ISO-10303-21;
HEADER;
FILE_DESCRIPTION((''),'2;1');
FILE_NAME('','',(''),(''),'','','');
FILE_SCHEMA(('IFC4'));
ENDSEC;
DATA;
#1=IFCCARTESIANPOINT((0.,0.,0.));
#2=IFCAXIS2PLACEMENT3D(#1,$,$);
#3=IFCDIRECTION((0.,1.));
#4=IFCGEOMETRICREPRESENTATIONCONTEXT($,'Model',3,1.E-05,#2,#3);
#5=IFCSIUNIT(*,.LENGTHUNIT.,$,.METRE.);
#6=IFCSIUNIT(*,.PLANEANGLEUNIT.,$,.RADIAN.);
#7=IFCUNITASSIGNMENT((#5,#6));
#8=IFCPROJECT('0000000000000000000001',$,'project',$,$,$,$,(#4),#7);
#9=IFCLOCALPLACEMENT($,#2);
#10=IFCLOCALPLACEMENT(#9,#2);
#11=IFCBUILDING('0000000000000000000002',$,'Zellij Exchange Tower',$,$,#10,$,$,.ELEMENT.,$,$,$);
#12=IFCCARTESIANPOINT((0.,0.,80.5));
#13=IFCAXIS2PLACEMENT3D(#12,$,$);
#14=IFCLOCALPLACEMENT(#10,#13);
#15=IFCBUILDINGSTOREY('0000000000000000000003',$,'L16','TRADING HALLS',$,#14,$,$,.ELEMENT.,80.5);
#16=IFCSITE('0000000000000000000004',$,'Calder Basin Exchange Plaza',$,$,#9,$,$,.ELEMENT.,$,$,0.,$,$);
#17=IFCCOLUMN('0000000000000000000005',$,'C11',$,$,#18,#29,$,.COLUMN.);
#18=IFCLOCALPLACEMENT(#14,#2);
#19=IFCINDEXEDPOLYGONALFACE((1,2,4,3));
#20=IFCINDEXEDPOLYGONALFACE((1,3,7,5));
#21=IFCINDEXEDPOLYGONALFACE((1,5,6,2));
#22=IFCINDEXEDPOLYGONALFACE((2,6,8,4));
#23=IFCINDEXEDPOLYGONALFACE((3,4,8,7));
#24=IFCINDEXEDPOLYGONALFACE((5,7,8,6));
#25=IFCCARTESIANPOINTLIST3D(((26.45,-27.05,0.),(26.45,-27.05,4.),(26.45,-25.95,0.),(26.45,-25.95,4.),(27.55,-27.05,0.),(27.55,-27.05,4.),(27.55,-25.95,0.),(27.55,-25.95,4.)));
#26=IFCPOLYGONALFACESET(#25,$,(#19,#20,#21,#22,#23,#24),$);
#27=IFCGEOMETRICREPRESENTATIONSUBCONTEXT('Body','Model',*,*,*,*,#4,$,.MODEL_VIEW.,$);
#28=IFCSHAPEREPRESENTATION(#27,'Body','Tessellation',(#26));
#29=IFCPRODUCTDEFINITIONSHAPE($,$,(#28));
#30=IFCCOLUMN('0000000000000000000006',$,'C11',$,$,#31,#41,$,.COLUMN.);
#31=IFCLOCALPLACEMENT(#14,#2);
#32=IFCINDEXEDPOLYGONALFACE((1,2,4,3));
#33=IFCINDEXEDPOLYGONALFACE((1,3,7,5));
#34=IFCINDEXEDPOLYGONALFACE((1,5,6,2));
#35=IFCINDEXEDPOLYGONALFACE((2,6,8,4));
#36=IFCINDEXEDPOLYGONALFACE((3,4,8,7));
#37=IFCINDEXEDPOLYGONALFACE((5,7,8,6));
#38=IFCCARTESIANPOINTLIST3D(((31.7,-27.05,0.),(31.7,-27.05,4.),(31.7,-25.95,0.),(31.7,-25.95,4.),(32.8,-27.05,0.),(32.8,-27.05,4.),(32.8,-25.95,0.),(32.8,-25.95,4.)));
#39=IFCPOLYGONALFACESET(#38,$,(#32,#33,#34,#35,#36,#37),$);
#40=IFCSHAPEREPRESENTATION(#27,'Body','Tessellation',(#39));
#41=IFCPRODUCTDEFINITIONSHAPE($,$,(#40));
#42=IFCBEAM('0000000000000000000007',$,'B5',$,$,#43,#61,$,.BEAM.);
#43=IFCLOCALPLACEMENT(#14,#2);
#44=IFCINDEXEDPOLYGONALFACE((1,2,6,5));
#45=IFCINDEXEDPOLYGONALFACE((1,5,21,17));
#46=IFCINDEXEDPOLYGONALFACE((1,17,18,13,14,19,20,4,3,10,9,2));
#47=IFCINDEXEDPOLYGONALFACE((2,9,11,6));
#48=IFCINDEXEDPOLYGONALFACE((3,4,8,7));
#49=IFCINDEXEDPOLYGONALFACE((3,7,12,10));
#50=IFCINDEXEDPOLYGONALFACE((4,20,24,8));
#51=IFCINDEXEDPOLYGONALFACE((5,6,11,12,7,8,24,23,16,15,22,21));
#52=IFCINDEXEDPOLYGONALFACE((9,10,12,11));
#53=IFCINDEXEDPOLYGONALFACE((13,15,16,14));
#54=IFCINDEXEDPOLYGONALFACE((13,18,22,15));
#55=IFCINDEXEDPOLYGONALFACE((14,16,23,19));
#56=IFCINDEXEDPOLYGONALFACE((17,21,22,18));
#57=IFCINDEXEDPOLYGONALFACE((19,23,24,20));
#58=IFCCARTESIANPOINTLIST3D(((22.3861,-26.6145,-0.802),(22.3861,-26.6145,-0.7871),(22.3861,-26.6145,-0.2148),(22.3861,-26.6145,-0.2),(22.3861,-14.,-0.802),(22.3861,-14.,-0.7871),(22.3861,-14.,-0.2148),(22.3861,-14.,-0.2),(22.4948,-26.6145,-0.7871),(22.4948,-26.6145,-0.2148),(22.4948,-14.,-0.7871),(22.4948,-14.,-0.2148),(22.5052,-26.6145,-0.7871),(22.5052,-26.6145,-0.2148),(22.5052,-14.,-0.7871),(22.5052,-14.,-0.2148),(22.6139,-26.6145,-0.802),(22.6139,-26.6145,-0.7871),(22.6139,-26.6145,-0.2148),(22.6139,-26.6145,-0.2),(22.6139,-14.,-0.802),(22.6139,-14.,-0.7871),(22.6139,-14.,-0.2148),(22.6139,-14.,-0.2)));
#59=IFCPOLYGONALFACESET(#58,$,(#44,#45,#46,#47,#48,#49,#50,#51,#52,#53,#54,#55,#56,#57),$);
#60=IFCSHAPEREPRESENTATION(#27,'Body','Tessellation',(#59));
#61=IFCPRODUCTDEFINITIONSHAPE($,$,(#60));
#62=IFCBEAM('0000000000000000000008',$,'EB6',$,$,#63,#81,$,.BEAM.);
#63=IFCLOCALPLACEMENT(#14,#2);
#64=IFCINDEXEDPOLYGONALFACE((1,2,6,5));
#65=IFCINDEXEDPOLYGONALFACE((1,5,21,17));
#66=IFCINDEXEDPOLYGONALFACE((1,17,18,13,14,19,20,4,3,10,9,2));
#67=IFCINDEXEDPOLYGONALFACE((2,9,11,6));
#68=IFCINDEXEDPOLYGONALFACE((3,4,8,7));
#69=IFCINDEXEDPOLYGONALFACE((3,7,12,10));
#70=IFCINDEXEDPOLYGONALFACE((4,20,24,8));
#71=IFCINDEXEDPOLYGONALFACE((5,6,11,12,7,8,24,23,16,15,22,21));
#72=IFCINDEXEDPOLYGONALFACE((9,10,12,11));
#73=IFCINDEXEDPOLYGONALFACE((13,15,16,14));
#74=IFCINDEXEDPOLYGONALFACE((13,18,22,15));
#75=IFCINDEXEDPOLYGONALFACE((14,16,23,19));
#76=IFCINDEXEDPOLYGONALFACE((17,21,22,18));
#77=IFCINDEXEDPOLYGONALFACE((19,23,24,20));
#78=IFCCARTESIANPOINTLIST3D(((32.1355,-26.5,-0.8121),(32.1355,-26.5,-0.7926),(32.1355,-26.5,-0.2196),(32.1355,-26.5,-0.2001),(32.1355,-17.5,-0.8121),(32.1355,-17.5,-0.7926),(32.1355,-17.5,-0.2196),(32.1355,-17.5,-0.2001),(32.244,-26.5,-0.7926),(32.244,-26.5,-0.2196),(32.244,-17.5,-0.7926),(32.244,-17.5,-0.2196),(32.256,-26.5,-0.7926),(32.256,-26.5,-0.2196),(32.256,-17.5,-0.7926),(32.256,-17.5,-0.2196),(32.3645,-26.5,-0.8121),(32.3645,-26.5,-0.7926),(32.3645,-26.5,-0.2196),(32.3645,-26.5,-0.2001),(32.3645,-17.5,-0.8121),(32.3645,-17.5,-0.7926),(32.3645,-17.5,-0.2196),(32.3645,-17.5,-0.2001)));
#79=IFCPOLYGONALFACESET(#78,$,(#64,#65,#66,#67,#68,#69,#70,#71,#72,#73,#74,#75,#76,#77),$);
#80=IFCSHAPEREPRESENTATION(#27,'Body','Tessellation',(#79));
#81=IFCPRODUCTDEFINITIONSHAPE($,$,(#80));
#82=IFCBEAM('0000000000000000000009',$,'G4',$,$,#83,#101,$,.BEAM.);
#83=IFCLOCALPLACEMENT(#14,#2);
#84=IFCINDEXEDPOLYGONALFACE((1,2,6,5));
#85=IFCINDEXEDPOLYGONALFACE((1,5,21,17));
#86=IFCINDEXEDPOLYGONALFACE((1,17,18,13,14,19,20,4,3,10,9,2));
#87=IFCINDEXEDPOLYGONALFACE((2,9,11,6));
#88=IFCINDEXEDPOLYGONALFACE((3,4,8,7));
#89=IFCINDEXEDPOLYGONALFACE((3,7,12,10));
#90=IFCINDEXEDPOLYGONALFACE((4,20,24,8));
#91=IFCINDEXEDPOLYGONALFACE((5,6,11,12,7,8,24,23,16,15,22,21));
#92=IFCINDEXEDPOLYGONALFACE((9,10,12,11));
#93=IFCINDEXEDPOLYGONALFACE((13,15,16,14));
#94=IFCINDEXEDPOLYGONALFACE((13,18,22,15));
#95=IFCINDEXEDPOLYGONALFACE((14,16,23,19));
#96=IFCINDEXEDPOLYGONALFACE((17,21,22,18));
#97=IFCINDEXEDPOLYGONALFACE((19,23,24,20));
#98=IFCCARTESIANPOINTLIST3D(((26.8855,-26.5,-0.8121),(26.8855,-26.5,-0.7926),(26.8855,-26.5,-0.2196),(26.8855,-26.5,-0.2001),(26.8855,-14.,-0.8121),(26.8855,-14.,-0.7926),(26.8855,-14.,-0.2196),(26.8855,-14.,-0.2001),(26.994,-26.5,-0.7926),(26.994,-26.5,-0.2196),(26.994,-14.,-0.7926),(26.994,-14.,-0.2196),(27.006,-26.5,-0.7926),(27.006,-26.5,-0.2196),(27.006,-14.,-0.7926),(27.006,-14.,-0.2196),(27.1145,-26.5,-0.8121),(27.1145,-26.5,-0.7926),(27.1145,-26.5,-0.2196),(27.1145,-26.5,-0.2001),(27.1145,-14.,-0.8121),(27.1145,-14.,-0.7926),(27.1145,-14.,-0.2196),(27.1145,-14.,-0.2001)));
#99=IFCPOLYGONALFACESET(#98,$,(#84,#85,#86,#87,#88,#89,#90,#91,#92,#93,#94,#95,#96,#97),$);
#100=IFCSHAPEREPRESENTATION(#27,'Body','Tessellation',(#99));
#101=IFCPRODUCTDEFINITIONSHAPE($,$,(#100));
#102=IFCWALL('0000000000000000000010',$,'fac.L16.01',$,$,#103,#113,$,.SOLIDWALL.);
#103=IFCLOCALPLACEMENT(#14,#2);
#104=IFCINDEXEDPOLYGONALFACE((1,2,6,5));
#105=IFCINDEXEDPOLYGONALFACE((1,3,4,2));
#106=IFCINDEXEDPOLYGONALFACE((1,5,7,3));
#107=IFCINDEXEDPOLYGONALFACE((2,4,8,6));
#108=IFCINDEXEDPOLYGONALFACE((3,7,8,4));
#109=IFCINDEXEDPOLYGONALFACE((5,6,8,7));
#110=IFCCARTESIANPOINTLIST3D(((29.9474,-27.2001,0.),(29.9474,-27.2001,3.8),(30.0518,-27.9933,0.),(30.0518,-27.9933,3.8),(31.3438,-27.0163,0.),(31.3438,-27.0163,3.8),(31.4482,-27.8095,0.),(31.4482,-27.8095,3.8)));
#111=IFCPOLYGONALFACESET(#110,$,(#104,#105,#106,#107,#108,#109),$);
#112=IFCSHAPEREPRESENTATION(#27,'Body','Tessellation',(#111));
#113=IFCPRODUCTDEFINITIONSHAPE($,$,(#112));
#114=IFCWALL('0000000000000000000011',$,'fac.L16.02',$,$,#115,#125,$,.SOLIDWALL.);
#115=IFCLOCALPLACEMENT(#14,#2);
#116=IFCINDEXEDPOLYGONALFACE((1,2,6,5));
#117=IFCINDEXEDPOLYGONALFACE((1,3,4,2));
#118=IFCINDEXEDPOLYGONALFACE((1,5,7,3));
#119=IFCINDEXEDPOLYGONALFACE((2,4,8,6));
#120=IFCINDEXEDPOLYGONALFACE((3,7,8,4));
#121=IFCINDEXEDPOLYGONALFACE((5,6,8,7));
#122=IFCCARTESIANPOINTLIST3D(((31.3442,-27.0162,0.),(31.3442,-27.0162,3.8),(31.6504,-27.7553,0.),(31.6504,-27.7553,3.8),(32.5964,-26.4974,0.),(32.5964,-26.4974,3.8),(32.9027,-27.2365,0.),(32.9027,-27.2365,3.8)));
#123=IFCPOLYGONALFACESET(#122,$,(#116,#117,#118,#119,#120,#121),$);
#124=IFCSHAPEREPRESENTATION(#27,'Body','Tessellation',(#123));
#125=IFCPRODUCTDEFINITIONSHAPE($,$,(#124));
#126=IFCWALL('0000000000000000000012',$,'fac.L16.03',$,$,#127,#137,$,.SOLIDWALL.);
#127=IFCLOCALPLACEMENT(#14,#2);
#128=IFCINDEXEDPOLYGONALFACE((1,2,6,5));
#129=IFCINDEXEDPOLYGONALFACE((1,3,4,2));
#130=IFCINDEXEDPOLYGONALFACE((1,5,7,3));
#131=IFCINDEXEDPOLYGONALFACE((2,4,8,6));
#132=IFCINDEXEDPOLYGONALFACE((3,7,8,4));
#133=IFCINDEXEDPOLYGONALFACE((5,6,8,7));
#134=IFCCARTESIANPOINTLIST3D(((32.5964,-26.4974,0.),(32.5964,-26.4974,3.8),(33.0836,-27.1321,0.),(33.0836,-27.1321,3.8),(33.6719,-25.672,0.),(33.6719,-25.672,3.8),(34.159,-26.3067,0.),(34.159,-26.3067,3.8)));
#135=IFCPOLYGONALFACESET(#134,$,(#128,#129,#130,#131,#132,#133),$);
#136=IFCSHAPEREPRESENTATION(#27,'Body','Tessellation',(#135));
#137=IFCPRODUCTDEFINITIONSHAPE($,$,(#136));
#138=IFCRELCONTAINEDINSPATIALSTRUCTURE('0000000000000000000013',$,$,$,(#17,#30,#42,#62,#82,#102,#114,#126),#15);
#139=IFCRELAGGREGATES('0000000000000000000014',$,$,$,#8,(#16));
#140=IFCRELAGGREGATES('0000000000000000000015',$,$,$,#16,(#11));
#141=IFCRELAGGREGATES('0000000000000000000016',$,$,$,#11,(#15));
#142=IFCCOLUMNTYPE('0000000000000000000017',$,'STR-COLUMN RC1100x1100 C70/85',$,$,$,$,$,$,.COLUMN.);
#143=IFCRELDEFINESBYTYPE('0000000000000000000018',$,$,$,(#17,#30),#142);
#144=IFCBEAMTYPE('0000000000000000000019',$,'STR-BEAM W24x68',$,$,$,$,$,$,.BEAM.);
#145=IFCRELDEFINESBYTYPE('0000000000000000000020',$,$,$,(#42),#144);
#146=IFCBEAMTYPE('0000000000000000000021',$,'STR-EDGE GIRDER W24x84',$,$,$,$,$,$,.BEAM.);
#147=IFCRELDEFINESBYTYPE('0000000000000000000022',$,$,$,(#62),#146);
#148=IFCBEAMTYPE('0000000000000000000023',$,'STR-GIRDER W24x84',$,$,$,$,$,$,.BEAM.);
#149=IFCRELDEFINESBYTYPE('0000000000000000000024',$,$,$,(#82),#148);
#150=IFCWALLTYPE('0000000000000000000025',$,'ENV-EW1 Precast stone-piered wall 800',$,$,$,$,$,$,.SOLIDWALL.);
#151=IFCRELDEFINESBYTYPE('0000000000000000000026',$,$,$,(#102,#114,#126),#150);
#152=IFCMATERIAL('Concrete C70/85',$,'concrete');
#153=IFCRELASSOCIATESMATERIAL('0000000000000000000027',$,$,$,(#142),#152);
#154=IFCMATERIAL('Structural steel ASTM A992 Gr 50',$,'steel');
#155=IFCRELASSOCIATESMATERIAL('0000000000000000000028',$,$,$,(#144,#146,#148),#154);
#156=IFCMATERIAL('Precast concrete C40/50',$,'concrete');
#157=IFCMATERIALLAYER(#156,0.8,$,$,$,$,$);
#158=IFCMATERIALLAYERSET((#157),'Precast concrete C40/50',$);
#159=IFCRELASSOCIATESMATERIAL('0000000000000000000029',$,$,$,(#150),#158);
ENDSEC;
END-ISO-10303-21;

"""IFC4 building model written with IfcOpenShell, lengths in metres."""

from ifc_helpers import new_model, si_unit, direction, frame, frame_2d, origin, origin_2d, place, context, subcontext, project, spatial, rectangle, i_section, extrude, material, layer, layer_set, material_profile, profile_set, type_object, element, save


model = new_model("IFC4")

# Units and contexts
model_context = context("Model", 3, precision=1e-05, world=origin(), true_north=direction((0.0, 1.0)))
body_context = subcontext(model_context, "Body", "Model", "MODEL_VIEW")
ifc_project = project(units=[si_unit("LENGTHUNIT", "METRE"), si_unit("PLANEANGLEUNIT", "RADIAN")], contexts=[model_context])

# Site, building, storey
site_placement = place(None, origin())
site = spatial("IfcSite", under=ifc_project, at=site_placement, Name="Calder Basin Exchange Plaza", CompositionType="ELEMENT", RefElevation=0.0)
building_placement = place(site_placement, origin())
building = spatial("IfcBuilding", under=site, at=building_placement, Name="Zellij Exchange Tower", CompositionType="ELEMENT")
storey_placement = place(building_placement, frame((0.0, 0.0, 80.5)))
storey = spatial("IfcBuildingStorey", under=building, at=storey_placement, Name="L16", Description="TRADING HALLS", CompositionType="ELEMENT", Elevation=80.5)

# Columns
ifc_material_1 = material(Name="Concrete C70/85", Category="concrete")
ifc_material_profile_1 = material_profile(ifc_material_1, rectangle(XDim=1.1001, YDim=1.1001, at=origin_2d()), Name="STR-COLUMN RC1100x1100 C70/85")
ifc_profile_set_1 = profile_set([ifc_material_profile_1], Name="Concrete C70/85")
column_type = type_object("IfcColumnType", Name="STR-COLUMN RC1100x1100 C70/85", PredefinedType="COLUMN", material=ifc_profile_set_1)
for number, where, z_axis, x_axis, name in (
    (1, (27.0, -26.5, 0.0), (0.0, 0.0, 1.0), (1.0, 0.0, 0.0), "C11"),
    (2, (32.25, -26.5, 0.0), (0.0, 0.0, 1.0), (1.0, 0.0, 0.0), "C11"),
):
    element("IfcColumn", number, at=place(storey_placement, frame(where, z_axis=z_axis, x_axis=x_axis)), inside=storey, type_object=column_type, Name=name, PredefinedType="COLUMN", context=body_context, shape_type="SweptSolid", body=[
        extrude(rectangle(XDim=1.1001, YDim=1.1001, at=origin_2d()), origin(), (0.0, 0.0, 1.0), 4.0),
    ])

# Beams
ifc_material_2 = material(Name="Structural steel ASTM A992 Gr 50", Category="steel")
ifc_material_profile_2 = material_profile(ifc_material_2, i_section(OverallWidth=0.2278, OverallDepth=0.6021, WebThickness=0.0105, FlangeThickness=0.0149, at=origin_2d()), Name="W24x68")
ifc_profile_set_2 = profile_set([ifc_material_profile_2], Name="Structural steel ASTM A992 Gr 50")
beam_type_1 = type_object("IfcBeamType", Name="STR-BEAM W24x68", PredefinedType="BEAM", material=ifc_profile_set_2)
beam_1_placement = place(storey_placement, frame((22.5, -26.6145, -0.501), z_axis=(0.0, 1.0, 0.0), x_axis=(-1.0, 0.0, 0.0)))
element("IfcBeam", 3, at=beam_1_placement, inside=storey, type_object=beam_type_1, Name="B5", PredefinedType="BEAM", context=body_context, shape_type="SweptSolid", body=[
    extrude(i_section(OverallWidth=0.2278, OverallDepth=0.6021, WebThickness=0.0105, FlangeThickness=0.0149, at=origin_2d()), origin(), (0.0, 0.0, 1.0), 12.6145),
])
ifc_material_profile_3 = material_profile(ifc_material_2, i_section(OverallWidth=0.229, OverallDepth=0.6121, WebThickness=0.012, FlangeThickness=0.0195, at=origin_2d()), Name="W24x84")
ifc_profile_set_3 = profile_set([ifc_material_profile_3], Name="Structural steel ASTM A992 Gr 50")
beam_type_2 = type_object("IfcBeamType", Name="STR-EDGE GIRDER W24x84", PredefinedType="BEAM", material=ifc_profile_set_3)
beam_2_placement = place(storey_placement, frame((32.25, -26.5, -0.5061), z_axis=(0.0, 1.0, 0.0), x_axis=(-1.0, 0.0, 0.0)))
element("IfcBeam", 4, at=beam_2_placement, inside=storey, type_object=beam_type_2, Name="EB6", PredefinedType="BEAM", context=body_context, shape_type="SweptSolid", body=[
    extrude(i_section(OverallWidth=0.229, OverallDepth=0.6121, WebThickness=0.012, FlangeThickness=0.0195, at=origin_2d()), origin(), (0.0, 0.0, 1.0), 9.0),
])
ifc_material_profile_4 = material_profile(ifc_material_2, i_section(OverallWidth=0.229, OverallDepth=0.6121, WebThickness=0.012, FlangeThickness=0.0195, at=origin_2d()), Name="W24x84")
ifc_profile_set_4 = profile_set([ifc_material_profile_4], Name="Structural steel ASTM A992 Gr 50")
beam_type_3 = type_object("IfcBeamType", Name="STR-GIRDER W24x84", PredefinedType="BEAM", material=ifc_profile_set_4)
beam_3_placement = place(storey_placement, frame((27.0, -26.5, -0.5061), z_axis=(0.0, 1.0, 0.0), x_axis=(-1.0, 0.0, 0.0)))
element("IfcBeam", 5, at=beam_3_placement, inside=storey, type_object=beam_type_3, Name="G4", PredefinedType="BEAM", context=body_context, shape_type="SweptSolid", body=[
    extrude(i_section(OverallWidth=0.229, OverallDepth=0.6121, WebThickness=0.012, FlangeThickness=0.0195, at=origin_2d()), origin(), (0.0, 0.0, 1.0), 12.5),
])

# Walls
ifc_material_3 = material(Name="Precast concrete C40/50", Category="concrete")
ifc_layer = layer(ifc_material_3, 0.8)
ifc_layer_set = layer_set([ifc_layer], Name="Precast concrete C40/50")
wall_type = type_object("IfcWallType", Name="ENV-EW1 Precast stone-piered wall 800", PredefinedType="SOLIDWALL", material=ifc_layer_set)
wall_1_placement = place(storey_placement, frame((29.9998, -27.5967, 0.0), z_axis=(0.0, 0.0, 1.0), x_axis=(0.991446, 0.130517, 0.0)))
element("IfcWall", 6, at=wall_1_placement, inside=storey, type_object=wall_type, Name="fac.L16.01", PredefinedType="SOLIDWALL", context=body_context, shape_type="SweptSolid", body=[
    extrude(rectangle(XDim=1.4084, YDim=0.8, at=frame_2d((0.7041, 0.0))), origin(), (0.0, 0.0, 1.0), 3.8),
])
wall_2_placement = place(storey_placement, frame((31.4973, -27.3857, 0.0), z_axis=(0.0, 0.0, 1.0), x_axis=(0.923848, 0.38276, 0.0)))
element("IfcWall", 7, at=wall_2_placement, inside=storey, type_object=wall_type, Name="fac.L16.02", PredefinedType="SOLIDWALL", context=body_context, shape_type="SweptSolid", body=[
    extrude(rectangle(XDim=1.3555, YDim=0.8, at=frame_2d((0.6777, 0.0))), origin(), (0.0, 0.0, 1.0), 3.8),
])
wall_3_placement = place(storey_placement, frame((32.8401, -26.8147, 0.0), z_axis=(0.0, 0.0, 1.0), x_axis=(0.793273, 0.608866, 0.0)))
element("IfcWall", 8, at=wall_3_placement, inside=storey, type_object=wall_type, Name="fac.L16.03", PredefinedType="SOLIDWALL", context=body_context, shape_type="SweptSolid", body=[
    extrude(rectangle(XDim=1.3557, YDim=0.8, at=frame_2d((0.6777, 0.0))), origin(), (0.0, 0.0, 1.0), 3.8),
])

save(model, "model.ifc")
